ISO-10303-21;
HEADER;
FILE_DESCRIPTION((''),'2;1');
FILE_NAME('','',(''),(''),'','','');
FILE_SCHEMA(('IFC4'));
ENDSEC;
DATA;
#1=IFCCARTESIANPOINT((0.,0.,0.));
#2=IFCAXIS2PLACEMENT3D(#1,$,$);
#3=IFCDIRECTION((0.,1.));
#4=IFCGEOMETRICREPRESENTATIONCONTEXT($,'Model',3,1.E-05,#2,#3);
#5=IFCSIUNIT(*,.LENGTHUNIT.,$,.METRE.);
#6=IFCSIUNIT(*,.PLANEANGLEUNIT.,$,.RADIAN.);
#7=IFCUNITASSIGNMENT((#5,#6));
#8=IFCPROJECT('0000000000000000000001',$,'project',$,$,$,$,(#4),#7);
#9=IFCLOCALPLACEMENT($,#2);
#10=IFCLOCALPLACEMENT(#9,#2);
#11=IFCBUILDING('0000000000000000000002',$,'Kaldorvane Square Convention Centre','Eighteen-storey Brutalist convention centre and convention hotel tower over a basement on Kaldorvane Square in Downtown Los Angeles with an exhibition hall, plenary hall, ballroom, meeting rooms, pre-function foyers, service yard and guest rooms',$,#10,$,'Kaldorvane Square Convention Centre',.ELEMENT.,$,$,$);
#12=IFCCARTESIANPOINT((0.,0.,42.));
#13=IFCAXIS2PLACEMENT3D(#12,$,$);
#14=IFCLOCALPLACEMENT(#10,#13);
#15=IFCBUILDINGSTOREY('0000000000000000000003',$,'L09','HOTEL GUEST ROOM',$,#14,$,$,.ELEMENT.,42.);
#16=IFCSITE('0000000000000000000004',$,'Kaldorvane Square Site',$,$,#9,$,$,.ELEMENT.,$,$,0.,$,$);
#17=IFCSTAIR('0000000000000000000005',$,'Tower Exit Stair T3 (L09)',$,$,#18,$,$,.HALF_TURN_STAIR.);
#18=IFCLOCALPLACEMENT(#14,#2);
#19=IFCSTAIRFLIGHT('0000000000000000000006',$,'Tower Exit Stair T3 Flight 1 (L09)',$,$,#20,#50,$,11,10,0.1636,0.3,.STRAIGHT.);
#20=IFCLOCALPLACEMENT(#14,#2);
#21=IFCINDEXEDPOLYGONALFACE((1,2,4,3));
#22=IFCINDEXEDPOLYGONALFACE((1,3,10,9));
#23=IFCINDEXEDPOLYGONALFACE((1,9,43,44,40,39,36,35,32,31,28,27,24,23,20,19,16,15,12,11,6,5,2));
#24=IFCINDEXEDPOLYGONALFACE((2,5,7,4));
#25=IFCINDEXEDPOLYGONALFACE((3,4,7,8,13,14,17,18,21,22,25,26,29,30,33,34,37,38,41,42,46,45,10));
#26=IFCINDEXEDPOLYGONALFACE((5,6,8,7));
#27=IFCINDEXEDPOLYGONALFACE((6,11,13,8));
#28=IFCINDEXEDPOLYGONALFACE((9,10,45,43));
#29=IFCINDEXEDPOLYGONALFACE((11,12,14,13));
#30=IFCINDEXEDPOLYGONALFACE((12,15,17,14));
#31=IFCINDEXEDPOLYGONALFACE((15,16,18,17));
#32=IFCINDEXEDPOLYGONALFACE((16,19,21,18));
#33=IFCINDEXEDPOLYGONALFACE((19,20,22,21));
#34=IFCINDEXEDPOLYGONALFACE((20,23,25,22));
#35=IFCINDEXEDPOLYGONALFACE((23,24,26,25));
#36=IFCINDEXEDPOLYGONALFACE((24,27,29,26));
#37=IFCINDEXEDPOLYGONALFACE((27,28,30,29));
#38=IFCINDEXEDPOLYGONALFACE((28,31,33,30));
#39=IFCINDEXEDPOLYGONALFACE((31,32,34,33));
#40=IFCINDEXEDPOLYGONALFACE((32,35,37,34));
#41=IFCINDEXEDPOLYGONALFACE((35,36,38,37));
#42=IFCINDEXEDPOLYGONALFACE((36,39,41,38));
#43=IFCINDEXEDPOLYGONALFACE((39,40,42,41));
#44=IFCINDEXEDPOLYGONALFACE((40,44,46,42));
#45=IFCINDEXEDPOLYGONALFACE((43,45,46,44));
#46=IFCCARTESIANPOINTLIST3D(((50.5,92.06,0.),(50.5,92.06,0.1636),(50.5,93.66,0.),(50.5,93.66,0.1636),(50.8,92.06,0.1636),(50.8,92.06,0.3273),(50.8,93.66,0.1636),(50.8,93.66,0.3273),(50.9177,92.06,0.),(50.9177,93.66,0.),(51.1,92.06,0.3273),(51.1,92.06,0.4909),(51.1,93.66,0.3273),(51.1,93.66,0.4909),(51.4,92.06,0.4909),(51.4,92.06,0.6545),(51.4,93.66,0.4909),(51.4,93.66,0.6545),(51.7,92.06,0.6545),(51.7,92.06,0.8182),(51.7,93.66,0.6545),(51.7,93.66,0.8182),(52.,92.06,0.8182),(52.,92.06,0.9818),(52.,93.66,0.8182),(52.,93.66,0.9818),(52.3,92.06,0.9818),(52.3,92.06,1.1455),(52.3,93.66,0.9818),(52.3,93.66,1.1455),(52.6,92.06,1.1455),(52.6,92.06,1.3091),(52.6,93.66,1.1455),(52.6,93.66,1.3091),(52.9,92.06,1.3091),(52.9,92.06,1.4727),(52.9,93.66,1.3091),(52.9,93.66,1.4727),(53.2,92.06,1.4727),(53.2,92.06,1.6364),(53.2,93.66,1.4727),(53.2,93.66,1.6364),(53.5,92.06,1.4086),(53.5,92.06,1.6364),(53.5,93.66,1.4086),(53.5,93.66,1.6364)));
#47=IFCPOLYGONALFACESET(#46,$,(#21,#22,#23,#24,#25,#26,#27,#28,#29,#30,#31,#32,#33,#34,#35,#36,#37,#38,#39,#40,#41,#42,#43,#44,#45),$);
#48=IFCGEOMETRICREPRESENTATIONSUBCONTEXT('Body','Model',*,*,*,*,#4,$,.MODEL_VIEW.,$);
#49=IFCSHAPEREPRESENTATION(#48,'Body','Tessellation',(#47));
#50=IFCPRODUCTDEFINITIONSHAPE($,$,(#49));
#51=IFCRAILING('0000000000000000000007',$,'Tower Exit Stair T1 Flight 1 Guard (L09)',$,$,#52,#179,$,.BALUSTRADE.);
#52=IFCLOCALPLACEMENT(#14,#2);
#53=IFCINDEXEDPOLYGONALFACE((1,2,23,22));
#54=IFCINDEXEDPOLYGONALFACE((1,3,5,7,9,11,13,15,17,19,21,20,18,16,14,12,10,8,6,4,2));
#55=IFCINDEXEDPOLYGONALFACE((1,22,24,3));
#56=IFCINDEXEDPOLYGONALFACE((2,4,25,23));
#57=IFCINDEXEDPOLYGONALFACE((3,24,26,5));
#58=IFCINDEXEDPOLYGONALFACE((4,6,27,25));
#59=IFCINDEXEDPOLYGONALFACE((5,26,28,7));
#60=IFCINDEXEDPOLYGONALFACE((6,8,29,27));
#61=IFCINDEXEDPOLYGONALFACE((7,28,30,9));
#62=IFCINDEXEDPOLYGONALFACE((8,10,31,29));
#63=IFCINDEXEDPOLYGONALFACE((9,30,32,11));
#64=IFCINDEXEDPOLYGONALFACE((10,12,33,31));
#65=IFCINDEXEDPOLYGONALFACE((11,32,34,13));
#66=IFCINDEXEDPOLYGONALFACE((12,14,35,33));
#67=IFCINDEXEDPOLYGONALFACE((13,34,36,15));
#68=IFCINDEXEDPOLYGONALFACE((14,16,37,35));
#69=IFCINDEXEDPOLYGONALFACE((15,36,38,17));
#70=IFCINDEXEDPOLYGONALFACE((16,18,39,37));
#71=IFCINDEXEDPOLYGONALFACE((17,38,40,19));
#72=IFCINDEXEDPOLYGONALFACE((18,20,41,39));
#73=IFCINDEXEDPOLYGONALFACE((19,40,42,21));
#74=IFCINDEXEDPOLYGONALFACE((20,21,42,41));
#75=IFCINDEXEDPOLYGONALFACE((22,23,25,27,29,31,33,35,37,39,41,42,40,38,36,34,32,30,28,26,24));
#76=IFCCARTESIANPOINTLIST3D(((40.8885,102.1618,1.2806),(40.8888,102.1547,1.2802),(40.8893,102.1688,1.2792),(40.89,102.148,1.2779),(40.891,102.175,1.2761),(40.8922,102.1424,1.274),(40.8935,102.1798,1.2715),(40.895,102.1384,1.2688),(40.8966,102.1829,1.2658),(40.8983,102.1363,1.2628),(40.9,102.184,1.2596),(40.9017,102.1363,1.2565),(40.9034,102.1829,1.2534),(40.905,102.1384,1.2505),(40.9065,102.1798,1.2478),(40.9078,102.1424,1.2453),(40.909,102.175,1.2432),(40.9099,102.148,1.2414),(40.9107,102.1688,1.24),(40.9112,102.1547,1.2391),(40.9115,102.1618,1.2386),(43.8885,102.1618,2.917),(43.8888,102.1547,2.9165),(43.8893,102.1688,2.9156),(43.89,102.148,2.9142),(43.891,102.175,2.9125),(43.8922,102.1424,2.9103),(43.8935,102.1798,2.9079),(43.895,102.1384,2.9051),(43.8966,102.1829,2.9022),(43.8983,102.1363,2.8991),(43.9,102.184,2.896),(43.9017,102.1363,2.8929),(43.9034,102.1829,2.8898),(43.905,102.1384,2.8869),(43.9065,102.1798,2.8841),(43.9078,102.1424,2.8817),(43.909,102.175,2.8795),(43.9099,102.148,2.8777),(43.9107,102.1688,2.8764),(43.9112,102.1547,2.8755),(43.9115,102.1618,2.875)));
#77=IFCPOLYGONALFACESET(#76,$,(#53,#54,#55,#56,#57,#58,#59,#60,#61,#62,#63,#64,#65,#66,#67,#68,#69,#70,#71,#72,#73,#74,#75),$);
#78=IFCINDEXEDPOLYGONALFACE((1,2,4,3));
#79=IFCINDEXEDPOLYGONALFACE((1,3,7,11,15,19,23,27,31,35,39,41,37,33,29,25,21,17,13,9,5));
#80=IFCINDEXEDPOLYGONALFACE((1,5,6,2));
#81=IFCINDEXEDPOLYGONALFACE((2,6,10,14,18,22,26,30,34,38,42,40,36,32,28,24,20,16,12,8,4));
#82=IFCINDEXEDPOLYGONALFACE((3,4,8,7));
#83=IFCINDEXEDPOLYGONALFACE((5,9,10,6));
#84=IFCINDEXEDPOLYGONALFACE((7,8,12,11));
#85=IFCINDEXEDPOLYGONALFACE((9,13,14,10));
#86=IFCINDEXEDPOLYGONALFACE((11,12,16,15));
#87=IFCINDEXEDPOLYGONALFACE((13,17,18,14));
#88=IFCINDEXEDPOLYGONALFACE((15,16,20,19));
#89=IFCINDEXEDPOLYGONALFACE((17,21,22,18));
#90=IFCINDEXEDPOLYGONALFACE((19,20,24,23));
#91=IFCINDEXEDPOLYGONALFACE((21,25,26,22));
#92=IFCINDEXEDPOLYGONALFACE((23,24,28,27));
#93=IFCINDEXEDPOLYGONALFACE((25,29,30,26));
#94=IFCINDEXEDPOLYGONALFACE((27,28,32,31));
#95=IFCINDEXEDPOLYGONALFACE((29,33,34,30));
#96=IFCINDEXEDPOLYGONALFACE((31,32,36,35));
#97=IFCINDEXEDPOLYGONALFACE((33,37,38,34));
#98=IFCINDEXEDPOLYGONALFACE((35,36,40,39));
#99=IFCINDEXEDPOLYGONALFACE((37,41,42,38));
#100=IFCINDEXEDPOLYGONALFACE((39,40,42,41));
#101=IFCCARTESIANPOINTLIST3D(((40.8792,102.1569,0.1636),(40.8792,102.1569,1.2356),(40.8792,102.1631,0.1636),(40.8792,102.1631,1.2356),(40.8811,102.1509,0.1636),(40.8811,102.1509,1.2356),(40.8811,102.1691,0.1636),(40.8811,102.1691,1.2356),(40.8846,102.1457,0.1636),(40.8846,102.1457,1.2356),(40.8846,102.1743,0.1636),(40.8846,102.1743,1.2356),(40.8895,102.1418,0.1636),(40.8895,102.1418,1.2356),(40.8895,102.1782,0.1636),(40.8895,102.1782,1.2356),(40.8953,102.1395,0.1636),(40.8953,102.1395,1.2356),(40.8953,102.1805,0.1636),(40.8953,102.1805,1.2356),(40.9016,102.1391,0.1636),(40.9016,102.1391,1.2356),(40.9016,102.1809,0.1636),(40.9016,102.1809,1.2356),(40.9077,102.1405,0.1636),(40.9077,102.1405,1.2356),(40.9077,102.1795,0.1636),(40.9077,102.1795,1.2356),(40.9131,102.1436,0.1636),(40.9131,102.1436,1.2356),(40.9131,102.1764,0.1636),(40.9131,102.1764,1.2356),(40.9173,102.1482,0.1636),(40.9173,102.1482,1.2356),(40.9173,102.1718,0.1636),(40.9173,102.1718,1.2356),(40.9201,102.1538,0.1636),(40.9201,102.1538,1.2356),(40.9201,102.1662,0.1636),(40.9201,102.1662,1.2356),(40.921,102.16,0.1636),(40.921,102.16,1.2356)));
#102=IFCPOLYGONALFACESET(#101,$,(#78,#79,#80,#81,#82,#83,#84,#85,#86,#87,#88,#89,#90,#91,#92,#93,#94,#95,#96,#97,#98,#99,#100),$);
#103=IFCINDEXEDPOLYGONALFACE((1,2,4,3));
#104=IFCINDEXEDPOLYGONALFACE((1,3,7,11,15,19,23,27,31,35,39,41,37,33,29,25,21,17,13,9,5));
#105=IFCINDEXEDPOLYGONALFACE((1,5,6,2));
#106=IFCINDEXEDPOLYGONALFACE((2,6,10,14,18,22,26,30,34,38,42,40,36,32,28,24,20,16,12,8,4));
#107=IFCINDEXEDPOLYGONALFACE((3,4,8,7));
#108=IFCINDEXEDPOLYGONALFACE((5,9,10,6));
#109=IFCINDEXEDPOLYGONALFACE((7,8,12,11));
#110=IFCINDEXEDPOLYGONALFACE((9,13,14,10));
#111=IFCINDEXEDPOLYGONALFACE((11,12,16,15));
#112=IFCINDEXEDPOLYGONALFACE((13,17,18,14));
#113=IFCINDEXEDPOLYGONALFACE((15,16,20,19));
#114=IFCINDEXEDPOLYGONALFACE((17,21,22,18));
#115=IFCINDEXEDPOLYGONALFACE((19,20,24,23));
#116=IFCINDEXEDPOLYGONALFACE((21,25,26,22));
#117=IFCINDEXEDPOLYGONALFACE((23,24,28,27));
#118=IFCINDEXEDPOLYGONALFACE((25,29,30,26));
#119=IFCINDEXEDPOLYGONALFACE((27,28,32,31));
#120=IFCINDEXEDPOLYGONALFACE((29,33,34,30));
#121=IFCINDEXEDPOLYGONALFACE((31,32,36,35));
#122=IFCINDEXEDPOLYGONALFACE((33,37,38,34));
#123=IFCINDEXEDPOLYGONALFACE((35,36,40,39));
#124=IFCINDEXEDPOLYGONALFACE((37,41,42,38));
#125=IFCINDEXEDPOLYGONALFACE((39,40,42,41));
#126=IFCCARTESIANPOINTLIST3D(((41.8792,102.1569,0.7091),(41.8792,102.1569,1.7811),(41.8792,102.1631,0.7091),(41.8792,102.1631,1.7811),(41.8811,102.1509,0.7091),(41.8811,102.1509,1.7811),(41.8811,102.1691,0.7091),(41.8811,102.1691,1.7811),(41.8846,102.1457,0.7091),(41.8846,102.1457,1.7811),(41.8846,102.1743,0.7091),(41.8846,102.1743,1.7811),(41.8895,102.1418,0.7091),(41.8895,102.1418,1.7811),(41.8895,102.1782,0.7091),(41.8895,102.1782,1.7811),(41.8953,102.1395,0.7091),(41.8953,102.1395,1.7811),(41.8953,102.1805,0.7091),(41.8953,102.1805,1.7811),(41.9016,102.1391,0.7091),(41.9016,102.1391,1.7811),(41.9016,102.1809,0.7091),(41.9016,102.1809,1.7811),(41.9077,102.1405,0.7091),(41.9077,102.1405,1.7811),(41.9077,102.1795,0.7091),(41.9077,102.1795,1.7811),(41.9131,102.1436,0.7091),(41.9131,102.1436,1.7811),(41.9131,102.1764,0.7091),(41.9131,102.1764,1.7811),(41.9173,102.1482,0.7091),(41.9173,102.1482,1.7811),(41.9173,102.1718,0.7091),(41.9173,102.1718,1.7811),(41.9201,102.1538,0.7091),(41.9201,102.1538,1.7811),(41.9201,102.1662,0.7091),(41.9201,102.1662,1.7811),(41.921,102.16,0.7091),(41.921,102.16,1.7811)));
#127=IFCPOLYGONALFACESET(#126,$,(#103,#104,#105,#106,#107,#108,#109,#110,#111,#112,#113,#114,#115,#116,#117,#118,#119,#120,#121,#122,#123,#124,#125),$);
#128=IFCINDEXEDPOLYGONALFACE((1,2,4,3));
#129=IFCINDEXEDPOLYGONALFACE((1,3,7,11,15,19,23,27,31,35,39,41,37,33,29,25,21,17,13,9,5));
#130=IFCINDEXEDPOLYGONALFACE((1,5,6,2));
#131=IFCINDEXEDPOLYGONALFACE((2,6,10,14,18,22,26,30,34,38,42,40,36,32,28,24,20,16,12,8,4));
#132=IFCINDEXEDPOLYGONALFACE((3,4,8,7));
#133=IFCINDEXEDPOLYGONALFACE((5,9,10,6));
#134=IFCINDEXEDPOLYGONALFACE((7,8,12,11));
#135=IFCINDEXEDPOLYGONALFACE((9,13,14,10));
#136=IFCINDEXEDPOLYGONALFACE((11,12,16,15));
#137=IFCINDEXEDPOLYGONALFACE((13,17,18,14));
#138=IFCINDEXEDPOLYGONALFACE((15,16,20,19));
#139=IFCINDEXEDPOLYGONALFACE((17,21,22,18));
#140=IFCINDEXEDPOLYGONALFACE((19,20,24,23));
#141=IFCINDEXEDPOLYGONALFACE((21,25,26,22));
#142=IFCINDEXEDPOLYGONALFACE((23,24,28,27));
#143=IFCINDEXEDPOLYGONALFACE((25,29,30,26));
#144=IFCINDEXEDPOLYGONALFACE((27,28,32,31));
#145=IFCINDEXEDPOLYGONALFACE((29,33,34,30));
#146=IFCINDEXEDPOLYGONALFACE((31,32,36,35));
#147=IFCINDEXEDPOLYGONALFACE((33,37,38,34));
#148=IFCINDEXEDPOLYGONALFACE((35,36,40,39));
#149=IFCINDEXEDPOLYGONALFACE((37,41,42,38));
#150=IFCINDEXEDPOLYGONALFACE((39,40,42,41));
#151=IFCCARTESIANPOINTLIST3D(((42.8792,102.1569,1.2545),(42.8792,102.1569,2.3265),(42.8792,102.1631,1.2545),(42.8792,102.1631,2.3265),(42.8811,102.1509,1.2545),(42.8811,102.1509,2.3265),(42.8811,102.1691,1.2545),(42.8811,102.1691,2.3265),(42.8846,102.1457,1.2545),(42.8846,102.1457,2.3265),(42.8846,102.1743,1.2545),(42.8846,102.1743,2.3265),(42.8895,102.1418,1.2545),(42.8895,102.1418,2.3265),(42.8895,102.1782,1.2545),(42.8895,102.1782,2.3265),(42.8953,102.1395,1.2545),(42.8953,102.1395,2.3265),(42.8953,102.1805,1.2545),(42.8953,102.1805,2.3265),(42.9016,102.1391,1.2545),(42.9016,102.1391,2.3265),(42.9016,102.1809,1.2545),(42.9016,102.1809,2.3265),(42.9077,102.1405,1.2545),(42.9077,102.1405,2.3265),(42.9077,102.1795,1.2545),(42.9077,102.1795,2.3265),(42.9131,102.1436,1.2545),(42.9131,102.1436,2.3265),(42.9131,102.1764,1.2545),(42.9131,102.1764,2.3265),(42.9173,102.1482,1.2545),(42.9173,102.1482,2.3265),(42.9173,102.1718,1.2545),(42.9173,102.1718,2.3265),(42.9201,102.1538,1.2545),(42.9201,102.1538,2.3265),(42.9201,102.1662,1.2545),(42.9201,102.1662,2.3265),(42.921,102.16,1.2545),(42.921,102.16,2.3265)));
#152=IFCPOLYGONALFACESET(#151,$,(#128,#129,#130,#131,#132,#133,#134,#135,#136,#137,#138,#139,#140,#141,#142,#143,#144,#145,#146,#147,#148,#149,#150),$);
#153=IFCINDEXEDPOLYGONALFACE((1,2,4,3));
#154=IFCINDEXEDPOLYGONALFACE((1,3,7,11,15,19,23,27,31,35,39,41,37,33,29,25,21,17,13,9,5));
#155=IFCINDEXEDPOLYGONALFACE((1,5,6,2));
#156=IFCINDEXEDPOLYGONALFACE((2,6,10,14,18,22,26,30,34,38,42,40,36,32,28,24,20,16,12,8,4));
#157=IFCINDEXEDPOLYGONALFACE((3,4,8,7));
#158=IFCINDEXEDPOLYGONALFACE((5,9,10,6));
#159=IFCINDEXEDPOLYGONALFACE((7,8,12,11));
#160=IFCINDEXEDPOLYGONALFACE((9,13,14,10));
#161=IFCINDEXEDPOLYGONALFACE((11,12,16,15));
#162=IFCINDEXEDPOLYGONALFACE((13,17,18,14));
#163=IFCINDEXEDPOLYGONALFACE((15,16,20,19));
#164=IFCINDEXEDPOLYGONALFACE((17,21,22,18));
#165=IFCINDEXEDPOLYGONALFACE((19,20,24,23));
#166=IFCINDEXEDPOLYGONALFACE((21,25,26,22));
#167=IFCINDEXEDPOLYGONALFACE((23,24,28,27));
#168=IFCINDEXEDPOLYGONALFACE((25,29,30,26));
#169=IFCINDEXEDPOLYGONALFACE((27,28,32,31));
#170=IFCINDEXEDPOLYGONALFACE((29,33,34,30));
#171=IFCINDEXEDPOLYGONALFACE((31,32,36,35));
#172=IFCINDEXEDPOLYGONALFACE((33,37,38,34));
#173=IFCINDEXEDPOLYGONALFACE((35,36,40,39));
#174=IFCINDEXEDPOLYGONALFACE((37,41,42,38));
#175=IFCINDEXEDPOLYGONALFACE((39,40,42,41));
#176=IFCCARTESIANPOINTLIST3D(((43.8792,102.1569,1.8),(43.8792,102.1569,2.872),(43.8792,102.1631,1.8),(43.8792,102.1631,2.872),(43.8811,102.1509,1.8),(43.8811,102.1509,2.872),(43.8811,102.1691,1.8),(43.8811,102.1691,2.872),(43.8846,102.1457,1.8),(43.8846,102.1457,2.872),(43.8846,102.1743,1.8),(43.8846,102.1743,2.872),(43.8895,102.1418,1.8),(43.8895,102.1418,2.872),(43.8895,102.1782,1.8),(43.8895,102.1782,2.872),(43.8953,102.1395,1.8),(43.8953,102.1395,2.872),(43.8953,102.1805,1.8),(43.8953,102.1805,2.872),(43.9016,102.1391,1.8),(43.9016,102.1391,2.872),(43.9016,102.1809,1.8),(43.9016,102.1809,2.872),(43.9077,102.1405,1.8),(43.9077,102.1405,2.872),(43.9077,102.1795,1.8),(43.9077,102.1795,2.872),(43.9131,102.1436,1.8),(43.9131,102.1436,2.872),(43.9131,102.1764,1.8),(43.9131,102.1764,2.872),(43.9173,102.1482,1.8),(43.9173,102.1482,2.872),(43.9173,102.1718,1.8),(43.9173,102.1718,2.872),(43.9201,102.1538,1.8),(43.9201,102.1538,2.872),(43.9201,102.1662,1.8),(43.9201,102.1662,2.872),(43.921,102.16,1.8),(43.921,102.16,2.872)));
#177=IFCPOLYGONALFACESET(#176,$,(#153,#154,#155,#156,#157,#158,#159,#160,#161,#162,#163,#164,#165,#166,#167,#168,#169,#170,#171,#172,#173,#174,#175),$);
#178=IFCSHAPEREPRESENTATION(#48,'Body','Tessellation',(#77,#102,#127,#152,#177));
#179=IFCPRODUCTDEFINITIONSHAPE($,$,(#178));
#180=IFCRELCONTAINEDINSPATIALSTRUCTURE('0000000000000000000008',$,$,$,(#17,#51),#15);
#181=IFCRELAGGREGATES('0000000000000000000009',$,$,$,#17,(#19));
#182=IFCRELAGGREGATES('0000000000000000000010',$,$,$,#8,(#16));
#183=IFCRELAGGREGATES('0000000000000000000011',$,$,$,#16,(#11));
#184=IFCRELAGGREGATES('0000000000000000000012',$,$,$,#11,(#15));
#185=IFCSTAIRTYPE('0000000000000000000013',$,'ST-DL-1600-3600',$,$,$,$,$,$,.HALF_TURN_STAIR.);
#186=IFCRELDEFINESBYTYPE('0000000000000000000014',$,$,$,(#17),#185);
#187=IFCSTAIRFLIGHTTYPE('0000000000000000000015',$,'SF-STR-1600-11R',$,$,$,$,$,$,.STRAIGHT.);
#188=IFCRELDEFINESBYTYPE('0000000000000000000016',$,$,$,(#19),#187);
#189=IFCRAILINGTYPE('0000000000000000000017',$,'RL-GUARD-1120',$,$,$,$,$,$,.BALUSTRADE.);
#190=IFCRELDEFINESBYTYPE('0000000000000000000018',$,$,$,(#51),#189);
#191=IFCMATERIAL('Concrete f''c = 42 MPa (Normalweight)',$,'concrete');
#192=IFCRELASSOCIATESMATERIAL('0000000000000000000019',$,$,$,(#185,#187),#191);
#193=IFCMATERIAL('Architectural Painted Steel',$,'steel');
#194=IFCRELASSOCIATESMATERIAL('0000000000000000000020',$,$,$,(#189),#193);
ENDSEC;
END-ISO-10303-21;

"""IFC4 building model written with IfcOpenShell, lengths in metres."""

from ifc_helpers import new_model, si_unit, direction, frame, origin, origin_2d, place, context, subcontext, project, spatial, polyline, circle, outline, extrude, material, type_object, element, aggregate, save


model = new_model("IFC4")

# Units and contexts
model_context = context("Model", 3, precision=1e-05, world=origin(), true_north=direction((0.0, 1.0)))
body_context = subcontext(model_context, "Body", "Model", "MODEL_VIEW")
ifc_project = project(units=[si_unit("LENGTHUNIT", "METRE"), si_unit("PLANEANGLEUNIT", "RADIAN")], contexts=[model_context])

# Site, building, storey
site_placement = place(None, origin())
site = spatial("IfcSite", under=ifc_project, at=site_placement, Name="Kaldorvane Square Site", CompositionType="ELEMENT", RefElevation=0.0)
building_placement = place(site_placement, origin())
building = spatial("IfcBuilding", under=site, at=building_placement, Name="Kaldorvane Square Convention Centre", Description="Eighteen-storey Brutalist convention centre and convention hotel tower over a basement on Kaldorvane Square in Downtown Los Angeles with an exhibition hall, plenary hall, ballroom, meeting rooms, pre-function foyers, service yard and guest rooms", LongName="Kaldorvane Square Convention Centre", CompositionType="ELEMENT")
storey_placement = place(building_placement, frame((0.0, 0.0, 42.0)))
storey = spatial("IfcBuildingStorey", under=building, at=storey_placement, Name="L09", Description="HOTEL GUEST ROOM", CompositionType="ELEMENT", Elevation=42.0)

# Stair, stair flight
ifc_material_1 = material(Name="Concrete f'c = 42 MPa (Normalweight)", Category="concrete")
stair_type = type_object("IfcStairType", Name="ST-DL-1600-3600", PredefinedType="HALF_TURN_STAIR", material=ifc_material_1)
stair_flight_type = type_object("IfcStairFlightType", Name="SF-STR-1600-11R", PredefinedType="STRAIGHT", material=ifc_material_1)
stair_1_placement = place(storey_placement, origin())
stair_1 = element("IfcStair", 1, at=stair_1_placement, inside=storey, type_object=stair_type, Name="Tower Exit Stair T3 (L09)", PredefinedType="HALF_TURN_STAIR")
stair_flight_1_placement = place(storey_placement, frame((50.5, 92.86, 0.0), z_axis=(0.0, 0.0, 1.0), x_axis=(1.0, 0.0, 0.0)))
stair_flight_1 = element("IfcStairFlight", 2, at=stair_flight_1_placement, type_object=stair_flight_type, Name="Tower Exit Stair T3 Flight 1 (L09)", NumberOfRisers=11, NumberOfTreads=10, PredefinedType="STRAIGHT", RiserHeight=0.1636, TreadLength=0.3, context=body_context, shape_type="SweptSolid", body=[
    extrude(outline(polyline([(0.0, 0.0), (0.0, 0.1636), (0.3, 0.1636), (0.3, 0.3273), (0.6, 0.3273), (0.6, 0.4909), (0.9, 0.4909), (0.9, 0.6545), (1.2, 0.6545), (1.2, 0.8182), (1.5, 0.8182), (1.5, 0.9818), (1.8, 0.9818), (1.8, 1.1455), (2.1, 1.1455), (2.1, 1.3091), (2.4, 1.3091), (2.4, 1.4727), (2.7, 1.4727), (2.7, 1.6364), (3.0, 1.6364), (3.0, 1.8), (3.0, 1.4086), (0.4177, 0.0), (0.0, 0.0)])), frame((0.0, 0.8, 0.0), z_axis=(0.0, -1.0, 0.0), x_axis=(1.0, 0.0, 0.0)), (0.0, 0.0, 1.0), 1.6),
])
aggregate(stair_1, [stair_flight_1])

# Railing
ifc_material_2 = material(Name="Architectural Painted Steel", Category="steel")
railing_type_1 = type_object("IfcRailingType", Name="RL-GUARD-1120", PredefinedType="BALUSTRADE", material=ifc_material_2)
railing_placement = place(storey_placement, frame((40.9, 102.16, 0.1636)))
element("IfcRailing", 3, at=railing_placement, inside=storey, type_object=railing_type_1, Name="Tower Exit Stair T1 Flight 1 Guard (L09)", PredefinedType="BALUSTRADE", context=body_context, shape_type="SweptSolid", body=[
    extrude(circle(Radius=0.024, at=origin_2d()), frame((0.0, 0.0, 1.096), z_axis=(0.877895, 0.0, 0.478853), x_axis=(0.0, 1.0, 0.0)), (0.0, 0.0, 1.0), 3.4173),
    extrude(circle(Radius=0.021, at=origin_2d()), origin(), (0.0, 0.0, 1.0), 1.072),
    extrude(circle(Radius=0.021, at=origin_2d()), frame((1.0, 0.0, 0.5455)), (0.0, 0.0, 1.0), 1.072),
    extrude(circle(Radius=0.021, at=origin_2d()), frame((2.0, 0.0, 1.0909)), (0.0, 0.0, 1.0), 1.072),
    extrude(circle(Radius=0.021, at=origin_2d()), frame((3.0, 0.0, 1.6364)), (0.0, 0.0, 1.0), 1.072),
])

save(model, "model.ifc")
